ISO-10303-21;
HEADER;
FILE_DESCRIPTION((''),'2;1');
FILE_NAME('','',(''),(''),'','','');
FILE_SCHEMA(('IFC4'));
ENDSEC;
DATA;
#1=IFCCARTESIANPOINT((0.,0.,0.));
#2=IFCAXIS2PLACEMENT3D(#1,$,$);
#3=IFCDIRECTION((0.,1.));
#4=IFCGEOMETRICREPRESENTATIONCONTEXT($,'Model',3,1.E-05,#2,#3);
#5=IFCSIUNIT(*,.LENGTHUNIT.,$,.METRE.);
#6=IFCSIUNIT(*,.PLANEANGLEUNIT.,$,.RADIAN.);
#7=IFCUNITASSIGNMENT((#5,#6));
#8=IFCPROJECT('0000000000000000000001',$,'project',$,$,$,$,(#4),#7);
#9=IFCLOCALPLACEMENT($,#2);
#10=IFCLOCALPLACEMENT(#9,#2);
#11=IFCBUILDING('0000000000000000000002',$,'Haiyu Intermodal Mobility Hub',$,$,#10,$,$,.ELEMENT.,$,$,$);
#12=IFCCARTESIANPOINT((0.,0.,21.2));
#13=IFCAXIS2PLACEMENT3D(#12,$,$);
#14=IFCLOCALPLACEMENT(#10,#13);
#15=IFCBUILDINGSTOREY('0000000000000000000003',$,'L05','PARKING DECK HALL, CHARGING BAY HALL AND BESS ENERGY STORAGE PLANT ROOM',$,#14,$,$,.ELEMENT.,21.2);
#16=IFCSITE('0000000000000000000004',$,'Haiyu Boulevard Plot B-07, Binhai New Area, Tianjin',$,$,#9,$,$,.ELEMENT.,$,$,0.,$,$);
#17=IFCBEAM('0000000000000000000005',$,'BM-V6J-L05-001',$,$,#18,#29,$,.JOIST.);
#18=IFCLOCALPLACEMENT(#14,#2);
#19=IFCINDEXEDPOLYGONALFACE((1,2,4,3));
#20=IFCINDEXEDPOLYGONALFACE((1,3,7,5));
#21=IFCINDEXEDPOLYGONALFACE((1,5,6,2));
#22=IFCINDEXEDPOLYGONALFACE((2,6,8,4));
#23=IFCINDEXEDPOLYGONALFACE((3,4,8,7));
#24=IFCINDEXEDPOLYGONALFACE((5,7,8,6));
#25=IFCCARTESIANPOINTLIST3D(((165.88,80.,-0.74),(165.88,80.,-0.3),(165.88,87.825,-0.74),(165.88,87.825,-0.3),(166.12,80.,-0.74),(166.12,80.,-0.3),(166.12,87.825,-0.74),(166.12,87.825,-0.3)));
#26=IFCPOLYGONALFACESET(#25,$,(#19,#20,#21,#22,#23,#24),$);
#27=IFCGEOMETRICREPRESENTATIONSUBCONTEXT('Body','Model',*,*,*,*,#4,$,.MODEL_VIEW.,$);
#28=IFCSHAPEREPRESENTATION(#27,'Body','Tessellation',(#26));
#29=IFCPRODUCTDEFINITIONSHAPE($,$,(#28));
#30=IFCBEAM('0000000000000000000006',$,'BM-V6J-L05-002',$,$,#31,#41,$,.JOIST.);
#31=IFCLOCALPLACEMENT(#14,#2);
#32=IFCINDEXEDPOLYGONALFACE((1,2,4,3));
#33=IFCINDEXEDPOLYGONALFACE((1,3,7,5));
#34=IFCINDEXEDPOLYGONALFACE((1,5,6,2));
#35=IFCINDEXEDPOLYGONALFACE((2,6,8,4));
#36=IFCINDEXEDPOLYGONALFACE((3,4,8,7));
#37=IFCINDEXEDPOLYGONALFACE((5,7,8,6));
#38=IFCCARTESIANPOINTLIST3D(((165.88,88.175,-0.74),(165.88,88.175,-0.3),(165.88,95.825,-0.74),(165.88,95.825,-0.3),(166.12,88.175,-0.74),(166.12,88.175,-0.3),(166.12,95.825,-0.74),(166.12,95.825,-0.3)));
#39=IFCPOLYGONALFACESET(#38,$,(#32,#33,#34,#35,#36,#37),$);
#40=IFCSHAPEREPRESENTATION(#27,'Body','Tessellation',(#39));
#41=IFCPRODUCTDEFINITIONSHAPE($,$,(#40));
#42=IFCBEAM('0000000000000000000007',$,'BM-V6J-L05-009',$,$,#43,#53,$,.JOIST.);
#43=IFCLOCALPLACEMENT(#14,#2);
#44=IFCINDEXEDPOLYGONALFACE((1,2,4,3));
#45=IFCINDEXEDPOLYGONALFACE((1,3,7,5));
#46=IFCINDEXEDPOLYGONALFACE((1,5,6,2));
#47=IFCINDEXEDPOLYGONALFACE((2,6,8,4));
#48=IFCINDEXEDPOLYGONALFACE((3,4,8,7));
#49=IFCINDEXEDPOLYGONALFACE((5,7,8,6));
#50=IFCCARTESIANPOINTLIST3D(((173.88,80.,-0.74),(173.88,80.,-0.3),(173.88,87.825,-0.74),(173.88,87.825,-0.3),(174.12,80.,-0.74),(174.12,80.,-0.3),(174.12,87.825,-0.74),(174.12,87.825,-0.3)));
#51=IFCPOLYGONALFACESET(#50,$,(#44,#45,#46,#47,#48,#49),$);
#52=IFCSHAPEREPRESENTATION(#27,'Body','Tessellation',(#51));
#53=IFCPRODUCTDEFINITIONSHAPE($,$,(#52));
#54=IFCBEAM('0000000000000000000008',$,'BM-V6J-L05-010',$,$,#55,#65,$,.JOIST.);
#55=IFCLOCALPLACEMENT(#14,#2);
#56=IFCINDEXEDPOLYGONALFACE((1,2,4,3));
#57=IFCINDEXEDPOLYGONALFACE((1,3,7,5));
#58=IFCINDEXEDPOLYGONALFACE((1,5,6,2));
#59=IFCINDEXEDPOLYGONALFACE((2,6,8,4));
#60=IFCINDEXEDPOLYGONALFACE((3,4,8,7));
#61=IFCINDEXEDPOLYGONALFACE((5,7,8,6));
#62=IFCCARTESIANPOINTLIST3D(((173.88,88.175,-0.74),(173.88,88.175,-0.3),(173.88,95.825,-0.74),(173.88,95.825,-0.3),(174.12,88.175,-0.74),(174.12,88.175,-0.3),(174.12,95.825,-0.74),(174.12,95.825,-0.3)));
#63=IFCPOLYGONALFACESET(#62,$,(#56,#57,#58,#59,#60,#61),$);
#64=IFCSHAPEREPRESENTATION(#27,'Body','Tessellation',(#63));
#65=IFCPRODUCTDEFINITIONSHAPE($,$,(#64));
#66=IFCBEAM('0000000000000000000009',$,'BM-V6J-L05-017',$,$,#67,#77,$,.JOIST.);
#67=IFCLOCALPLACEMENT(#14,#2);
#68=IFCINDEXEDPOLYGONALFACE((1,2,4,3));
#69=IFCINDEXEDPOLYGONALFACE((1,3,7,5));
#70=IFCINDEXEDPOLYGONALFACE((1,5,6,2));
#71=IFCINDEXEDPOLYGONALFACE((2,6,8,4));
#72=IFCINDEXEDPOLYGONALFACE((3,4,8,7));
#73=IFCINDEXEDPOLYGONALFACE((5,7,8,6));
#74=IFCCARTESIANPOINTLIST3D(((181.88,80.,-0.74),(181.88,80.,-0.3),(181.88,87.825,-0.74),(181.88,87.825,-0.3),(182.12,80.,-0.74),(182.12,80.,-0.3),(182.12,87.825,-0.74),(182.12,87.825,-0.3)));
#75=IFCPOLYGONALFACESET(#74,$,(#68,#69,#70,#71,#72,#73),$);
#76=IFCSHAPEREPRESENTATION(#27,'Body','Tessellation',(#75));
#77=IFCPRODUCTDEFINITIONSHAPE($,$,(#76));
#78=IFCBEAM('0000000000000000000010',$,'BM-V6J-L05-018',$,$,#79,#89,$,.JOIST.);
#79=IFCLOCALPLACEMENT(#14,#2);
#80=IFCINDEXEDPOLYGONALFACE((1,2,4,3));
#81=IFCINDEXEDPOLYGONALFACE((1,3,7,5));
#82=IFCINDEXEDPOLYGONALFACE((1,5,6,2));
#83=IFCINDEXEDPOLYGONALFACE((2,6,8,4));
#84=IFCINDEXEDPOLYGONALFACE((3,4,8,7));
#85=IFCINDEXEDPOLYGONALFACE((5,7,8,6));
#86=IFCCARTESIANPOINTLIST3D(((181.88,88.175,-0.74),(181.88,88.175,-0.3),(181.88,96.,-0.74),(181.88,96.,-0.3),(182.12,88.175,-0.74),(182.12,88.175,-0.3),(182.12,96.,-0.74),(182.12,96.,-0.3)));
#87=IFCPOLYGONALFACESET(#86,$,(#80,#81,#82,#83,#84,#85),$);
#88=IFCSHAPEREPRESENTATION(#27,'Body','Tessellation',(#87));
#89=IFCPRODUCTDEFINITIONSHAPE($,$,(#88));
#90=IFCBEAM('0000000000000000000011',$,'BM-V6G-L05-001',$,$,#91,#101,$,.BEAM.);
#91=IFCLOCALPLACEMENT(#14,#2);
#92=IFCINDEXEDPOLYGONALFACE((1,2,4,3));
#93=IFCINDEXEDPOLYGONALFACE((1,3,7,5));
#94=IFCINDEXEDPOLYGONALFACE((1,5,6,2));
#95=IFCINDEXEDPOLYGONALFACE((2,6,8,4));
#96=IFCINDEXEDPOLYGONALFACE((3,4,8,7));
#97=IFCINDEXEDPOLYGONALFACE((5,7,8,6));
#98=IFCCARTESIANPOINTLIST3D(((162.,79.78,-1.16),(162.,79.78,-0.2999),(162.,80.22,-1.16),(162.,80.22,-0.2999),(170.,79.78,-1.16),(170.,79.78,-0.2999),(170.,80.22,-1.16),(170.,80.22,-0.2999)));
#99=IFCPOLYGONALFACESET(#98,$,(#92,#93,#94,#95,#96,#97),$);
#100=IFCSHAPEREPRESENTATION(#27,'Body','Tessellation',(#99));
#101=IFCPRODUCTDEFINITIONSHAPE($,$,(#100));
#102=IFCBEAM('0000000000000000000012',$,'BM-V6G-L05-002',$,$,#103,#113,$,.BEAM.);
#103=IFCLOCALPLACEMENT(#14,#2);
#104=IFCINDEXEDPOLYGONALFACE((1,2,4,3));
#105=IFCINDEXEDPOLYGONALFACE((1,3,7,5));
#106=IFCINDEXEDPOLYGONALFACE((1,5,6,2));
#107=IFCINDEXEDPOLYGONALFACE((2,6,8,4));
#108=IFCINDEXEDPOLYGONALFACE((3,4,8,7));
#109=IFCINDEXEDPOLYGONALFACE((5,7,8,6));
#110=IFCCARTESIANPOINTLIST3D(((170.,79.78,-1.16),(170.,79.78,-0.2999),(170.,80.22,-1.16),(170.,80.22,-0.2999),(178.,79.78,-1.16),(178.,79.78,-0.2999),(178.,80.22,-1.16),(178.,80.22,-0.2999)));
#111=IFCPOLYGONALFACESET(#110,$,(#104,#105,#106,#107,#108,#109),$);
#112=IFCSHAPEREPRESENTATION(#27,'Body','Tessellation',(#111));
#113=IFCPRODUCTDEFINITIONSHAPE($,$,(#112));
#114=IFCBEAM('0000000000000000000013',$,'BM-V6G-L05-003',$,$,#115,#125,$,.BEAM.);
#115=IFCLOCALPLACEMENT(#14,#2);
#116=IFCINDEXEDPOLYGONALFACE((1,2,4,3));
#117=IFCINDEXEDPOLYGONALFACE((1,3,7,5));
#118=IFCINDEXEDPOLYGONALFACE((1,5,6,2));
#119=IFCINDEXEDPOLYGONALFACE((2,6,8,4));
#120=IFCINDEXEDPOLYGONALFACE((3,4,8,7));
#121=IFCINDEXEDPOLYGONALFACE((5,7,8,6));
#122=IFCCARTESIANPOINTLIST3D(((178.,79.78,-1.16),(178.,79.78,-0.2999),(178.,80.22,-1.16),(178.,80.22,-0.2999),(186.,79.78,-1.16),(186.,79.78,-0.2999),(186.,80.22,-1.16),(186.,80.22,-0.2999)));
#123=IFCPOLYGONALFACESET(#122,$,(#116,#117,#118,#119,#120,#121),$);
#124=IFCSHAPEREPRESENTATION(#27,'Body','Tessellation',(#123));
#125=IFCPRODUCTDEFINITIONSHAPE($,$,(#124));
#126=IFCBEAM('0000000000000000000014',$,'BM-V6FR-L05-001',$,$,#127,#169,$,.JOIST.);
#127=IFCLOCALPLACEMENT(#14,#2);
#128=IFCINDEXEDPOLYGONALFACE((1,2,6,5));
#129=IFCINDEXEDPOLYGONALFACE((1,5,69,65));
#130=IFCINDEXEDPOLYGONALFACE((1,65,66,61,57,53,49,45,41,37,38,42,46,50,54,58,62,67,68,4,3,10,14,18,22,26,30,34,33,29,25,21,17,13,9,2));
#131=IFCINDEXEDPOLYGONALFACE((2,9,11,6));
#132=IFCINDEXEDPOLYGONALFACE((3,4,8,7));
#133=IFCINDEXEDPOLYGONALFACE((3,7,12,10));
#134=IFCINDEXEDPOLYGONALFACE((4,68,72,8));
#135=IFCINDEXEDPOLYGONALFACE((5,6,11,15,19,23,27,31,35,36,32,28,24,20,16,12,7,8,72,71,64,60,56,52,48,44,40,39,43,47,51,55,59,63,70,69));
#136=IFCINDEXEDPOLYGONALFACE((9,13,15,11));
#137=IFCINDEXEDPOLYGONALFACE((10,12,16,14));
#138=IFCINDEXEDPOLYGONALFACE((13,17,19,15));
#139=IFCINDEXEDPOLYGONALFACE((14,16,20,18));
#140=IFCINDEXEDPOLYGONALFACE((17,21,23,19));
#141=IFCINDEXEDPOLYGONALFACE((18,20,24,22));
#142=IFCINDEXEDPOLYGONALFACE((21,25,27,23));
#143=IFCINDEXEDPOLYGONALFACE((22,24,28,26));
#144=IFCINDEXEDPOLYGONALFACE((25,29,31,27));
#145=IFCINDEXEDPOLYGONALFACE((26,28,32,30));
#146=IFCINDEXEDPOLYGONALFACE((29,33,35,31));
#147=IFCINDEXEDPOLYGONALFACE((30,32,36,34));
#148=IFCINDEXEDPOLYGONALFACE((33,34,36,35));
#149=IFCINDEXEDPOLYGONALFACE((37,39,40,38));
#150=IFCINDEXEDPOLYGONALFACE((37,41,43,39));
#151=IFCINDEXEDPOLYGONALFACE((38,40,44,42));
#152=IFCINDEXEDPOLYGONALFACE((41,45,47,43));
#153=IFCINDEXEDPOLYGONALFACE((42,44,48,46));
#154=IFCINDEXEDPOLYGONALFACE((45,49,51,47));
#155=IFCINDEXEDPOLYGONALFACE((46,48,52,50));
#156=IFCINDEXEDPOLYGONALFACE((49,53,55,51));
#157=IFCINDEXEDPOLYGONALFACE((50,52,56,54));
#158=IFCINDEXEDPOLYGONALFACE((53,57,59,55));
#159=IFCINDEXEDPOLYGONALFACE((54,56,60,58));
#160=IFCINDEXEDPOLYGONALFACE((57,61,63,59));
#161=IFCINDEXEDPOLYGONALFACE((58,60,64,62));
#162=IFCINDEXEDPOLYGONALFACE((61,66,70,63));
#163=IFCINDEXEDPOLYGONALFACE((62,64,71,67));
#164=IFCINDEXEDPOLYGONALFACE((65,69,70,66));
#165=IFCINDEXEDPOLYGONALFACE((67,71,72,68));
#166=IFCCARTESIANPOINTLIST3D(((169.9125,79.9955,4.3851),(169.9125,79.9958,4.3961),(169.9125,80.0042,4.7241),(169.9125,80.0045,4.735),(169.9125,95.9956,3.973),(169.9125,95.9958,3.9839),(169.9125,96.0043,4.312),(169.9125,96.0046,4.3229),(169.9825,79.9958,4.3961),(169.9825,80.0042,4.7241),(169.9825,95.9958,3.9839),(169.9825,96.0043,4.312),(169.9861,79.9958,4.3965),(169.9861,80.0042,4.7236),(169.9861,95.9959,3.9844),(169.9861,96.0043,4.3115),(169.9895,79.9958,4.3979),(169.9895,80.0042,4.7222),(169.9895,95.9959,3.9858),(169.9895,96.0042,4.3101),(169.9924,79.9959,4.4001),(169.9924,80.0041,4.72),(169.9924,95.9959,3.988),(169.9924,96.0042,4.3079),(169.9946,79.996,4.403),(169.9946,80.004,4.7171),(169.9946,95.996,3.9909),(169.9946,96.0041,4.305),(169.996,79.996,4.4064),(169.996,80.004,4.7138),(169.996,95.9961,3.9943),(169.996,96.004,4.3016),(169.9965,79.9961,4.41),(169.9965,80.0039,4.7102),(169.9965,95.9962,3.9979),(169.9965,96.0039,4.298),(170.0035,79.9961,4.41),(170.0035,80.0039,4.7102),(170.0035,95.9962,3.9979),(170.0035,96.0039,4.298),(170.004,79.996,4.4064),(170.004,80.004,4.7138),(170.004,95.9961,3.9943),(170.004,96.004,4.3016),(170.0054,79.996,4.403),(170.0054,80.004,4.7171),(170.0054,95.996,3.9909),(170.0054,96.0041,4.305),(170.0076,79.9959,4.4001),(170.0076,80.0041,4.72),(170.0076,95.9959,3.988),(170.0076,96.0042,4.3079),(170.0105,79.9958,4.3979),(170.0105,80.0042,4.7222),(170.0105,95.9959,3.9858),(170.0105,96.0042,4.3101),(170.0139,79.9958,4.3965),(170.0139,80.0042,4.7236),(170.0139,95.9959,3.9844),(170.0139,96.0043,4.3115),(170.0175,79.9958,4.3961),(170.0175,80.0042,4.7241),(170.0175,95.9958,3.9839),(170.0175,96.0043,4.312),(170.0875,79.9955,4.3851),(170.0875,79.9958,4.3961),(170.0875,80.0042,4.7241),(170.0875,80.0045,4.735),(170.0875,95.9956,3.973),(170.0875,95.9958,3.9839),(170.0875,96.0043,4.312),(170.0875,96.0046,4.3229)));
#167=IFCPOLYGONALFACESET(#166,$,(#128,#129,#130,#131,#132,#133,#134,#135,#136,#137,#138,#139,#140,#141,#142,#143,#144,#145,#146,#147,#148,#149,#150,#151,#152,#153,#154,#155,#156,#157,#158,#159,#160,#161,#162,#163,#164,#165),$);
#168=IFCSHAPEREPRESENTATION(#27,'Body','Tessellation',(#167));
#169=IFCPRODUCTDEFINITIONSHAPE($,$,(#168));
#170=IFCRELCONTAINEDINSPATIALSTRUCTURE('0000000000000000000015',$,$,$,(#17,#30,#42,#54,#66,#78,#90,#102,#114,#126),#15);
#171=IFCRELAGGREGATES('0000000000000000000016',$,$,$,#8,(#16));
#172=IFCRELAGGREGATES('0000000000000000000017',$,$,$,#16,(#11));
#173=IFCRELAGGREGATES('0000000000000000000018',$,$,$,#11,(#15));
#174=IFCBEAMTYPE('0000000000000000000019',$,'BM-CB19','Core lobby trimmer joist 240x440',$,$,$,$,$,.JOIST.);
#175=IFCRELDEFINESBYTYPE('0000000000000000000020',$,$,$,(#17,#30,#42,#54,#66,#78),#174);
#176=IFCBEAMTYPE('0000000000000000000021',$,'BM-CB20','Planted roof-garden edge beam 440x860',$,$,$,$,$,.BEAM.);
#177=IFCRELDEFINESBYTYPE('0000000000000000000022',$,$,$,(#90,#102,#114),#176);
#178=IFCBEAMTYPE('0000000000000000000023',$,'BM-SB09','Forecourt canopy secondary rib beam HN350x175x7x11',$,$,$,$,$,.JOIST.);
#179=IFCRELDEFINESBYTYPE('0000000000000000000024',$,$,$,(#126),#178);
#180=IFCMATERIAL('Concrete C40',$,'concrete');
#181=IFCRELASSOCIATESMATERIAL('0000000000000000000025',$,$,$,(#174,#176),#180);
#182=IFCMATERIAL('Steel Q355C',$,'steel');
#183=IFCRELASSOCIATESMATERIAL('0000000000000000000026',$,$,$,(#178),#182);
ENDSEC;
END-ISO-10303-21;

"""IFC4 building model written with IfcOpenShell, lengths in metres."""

from ifc_helpers import new_model, si_unit, direction, frame, origin, origin_2d, place, context, subcontext, project, spatial, rectangle, i_section, extrude, material, material_profile, profile_set, type_object, element, save


model = new_model("IFC4")

# Units and contexts
model_context = context("Model", 3, precision=1e-05, world=origin(), true_north=direction((0.0, 1.0)))
body_context = subcontext(model_context, "Body", "Model", "MODEL_VIEW")
ifc_project = project(units=[si_unit("LENGTHUNIT", "METRE"), si_unit("PLANEANGLEUNIT", "RADIAN")], contexts=[model_context])

# Site, building, storey
site_placement = place(None, origin())
site = spatial("IfcSite", under=ifc_project, at=site_placement, Name="Haiyu Boulevard Plot B-07, Binhai New Area, Tianjin", CompositionType="ELEMENT", RefElevation=0.0)
building_placement = place(site_placement, origin())
building = spatial("IfcBuilding", under=site, at=building_placement, Name="Haiyu Intermodal Mobility Hub", CompositionType="ELEMENT")
storey_placement = place(building_placement, frame((0.0, 0.0, 21.2)))
storey = spatial("IfcBuildingStorey", under=building, at=storey_placement, Name="L05", Description="PARKING DECK HALL, CHARGING BAY HALL AND BESS ENERGY STORAGE PLANT ROOM", CompositionType="ELEMENT", Elevation=21.2)

# Shared definitions
ifc_material_1 = material(Name="Steel Q355C", Category="steel")

# Beams
ifc_material_2 = material(Name="Concrete C40", Category="concrete")
ifc_material_profile_1 = material_profile(ifc_material_2, rectangle(XDim=0.24, YDim=0.4399, at=origin_2d()), Name="B240x440")
ifc_profile_set_1 = profile_set([ifc_material_profile_1], Name="Concrete C40")
beam_type_1 = type_object("IfcBeamType", Name="BM-CB19", Description="Core lobby trimmer joist 240x440", PredefinedType="JOIST", material=ifc_profile_set_1)
beam_1_placement = place(storey_placement, frame((166.0, 80.0, -0.52), z_axis=(0.0, 1.0, 0.0), x_axis=(-1.0, 0.0, 0.0)))
element("IfcBeam", 1, at=beam_1_placement, inside=storey, type_object=beam_type_1, Name="BM-V6J-L05-001", PredefinedType="JOIST", context=body_context, shape_type="SweptSolid", body=[
    extrude(rectangle(XDim=0.24, YDim=0.4399, at=origin_2d()), origin(), (0.0, 0.0, 1.0), 7.825),
])
beam_2_placement = place(storey_placement, frame((166.0, 88.175, -0.52), z_axis=(0.0, 1.0, 0.0), x_axis=(-1.0, 0.0, 0.0)))
element("IfcBeam", 2, at=beam_2_placement, inside=storey, type_object=beam_type_1, Name="BM-V6J-L05-002", PredefinedType="JOIST", context=body_context, shape_type="SweptSolid", body=[
    extrude(rectangle(XDim=0.24, YDim=0.4399, at=origin_2d()), origin(), (0.0, 0.0, 1.0), 7.6499),
])
beam_3_placement = place(storey_placement, frame((174.0, 80.0, -0.52), z_axis=(0.0, 1.0, 0.0), x_axis=(-1.0, 0.0, 0.0)))
element("IfcBeam", 3, at=beam_3_placement, inside=storey, type_object=beam_type_1, Name="BM-V6J-L05-009", PredefinedType="JOIST", context=body_context, shape_type="SweptSolid", body=[
    extrude(rectangle(XDim=0.24, YDim=0.4399, at=origin_2d()), origin(), (0.0, 0.0, 1.0), 7.825),
])
beam_4_placement = place(storey_placement, frame((174.0, 88.175, -0.52), z_axis=(0.0, 1.0, 0.0), x_axis=(-1.0, 0.0, 0.0)))
element("IfcBeam", 4, at=beam_4_placement, inside=storey, type_object=beam_type_1, Name="BM-V6J-L05-010", PredefinedType="JOIST", context=body_context, shape_type="SweptSolid", body=[
    extrude(rectangle(XDim=0.24, YDim=0.4399, at=origin_2d()), origin(), (0.0, 0.0, 1.0), 7.6499),
])
for number, where, z_axis, x_axis, name in (
    (5, (182.0, 80.0, -0.52), (0.0, 1.0, 0.0), (-1.0, 0.0, 0.0), "BM-V6J-L05-017"),
    (6, (182.0, 88.175, -0.52), (0.0, 1.0, 0.0), (-1.0, 0.0, 0.0), "BM-V6J-L05-018"),
):
    element("IfcBeam", number, at=place(storey_placement, frame(where, z_axis=z_axis, x_axis=x_axis)), inside=storey, type_object=beam_type_1, Name=name, PredefinedType="JOIST", context=body_context, shape_type="SweptSolid", body=[
        extrude(rectangle(XDim=0.24, YDim=0.4399, at=origin_2d()), origin(), (0.0, 0.0, 1.0), 7.825),
    ])
ifc_material_profile_2 = material_profile(ifc_material_2, rectangle(XDim=0.4399, YDim=0.8601, at=origin_2d()), Name="B440x860")
ifc_profile_set_2 = profile_set([ifc_material_profile_2], Name="Concrete C40")
beam_type_2 = type_object("IfcBeamType", Name="BM-CB20", Description="Planted roof-garden edge beam 440x860", PredefinedType="BEAM", material=ifc_profile_set_2)
for number, where, z_axis, x_axis, name in (
    (7, (162.0, 80.0, -0.73), (1.0, 0.0, 0.0), (0.0, 1.0, 0.0), "BM-V6G-L05-001"),
    (8, (170.0, 80.0, -0.73), (1.0, 0.0, 0.0), (0.0, 1.0, 0.0), "BM-V6G-L05-002"),
    (9, (178.0, 80.0, -0.73), (1.0, 0.0, 0.0), (0.0, 1.0, 0.0), "BM-V6G-L05-003"),
):
    element("IfcBeam", number, at=place(storey_placement, frame(where, z_axis=z_axis, x_axis=x_axis)), inside=storey, type_object=beam_type_2, Name=name, PredefinedType="BEAM", context=body_context, shape_type="SweptSolid", body=[
        extrude(rectangle(XDim=0.4399, YDim=0.8601, at=origin_2d()), origin(), (0.0, 0.0, 1.0), 8.0),
    ])
ifc_material_profile_3 = material_profile(ifc_material_1, i_section(OverallWidth=0.175, OverallDepth=0.3501, WebThickness=0.0071, FlangeThickness=0.011, FilletRadius=0.0139, at=origin_2d()), Name="HN350x175x7x11")
ifc_profile_set_3 = profile_set([ifc_material_profile_3], Name="Steel Q355C")
beam_type_3 = type_object("IfcBeamType", Name="BM-SB09", Description="Forecourt canopy secondary rib beam HN350x175x7x11", PredefinedType="JOIST", material=ifc_profile_set_3)
beam_5_placement = place(storey_placement, frame((170.0, 80.0, 4.5601), z_axis=(0.0, 0.999668, -0.025748), x_axis=(-1.0, 0.0, 0.0)))
element("IfcBeam", 10, at=beam_5_placement, inside=storey, type_object=beam_type_3, Name="BM-V6FR-L05-001", PredefinedType="JOIST", context=body_context, shape_type="SweptSolid", body=[
    extrude(i_section(OverallWidth=0.175, OverallDepth=0.3501, WebThickness=0.0071, FlangeThickness=0.011, FilletRadius=0.0139, at=origin_2d()), origin(), (0.0, 0.0, 1.0), 16.0054),
])

save(model, "model.ifc")
